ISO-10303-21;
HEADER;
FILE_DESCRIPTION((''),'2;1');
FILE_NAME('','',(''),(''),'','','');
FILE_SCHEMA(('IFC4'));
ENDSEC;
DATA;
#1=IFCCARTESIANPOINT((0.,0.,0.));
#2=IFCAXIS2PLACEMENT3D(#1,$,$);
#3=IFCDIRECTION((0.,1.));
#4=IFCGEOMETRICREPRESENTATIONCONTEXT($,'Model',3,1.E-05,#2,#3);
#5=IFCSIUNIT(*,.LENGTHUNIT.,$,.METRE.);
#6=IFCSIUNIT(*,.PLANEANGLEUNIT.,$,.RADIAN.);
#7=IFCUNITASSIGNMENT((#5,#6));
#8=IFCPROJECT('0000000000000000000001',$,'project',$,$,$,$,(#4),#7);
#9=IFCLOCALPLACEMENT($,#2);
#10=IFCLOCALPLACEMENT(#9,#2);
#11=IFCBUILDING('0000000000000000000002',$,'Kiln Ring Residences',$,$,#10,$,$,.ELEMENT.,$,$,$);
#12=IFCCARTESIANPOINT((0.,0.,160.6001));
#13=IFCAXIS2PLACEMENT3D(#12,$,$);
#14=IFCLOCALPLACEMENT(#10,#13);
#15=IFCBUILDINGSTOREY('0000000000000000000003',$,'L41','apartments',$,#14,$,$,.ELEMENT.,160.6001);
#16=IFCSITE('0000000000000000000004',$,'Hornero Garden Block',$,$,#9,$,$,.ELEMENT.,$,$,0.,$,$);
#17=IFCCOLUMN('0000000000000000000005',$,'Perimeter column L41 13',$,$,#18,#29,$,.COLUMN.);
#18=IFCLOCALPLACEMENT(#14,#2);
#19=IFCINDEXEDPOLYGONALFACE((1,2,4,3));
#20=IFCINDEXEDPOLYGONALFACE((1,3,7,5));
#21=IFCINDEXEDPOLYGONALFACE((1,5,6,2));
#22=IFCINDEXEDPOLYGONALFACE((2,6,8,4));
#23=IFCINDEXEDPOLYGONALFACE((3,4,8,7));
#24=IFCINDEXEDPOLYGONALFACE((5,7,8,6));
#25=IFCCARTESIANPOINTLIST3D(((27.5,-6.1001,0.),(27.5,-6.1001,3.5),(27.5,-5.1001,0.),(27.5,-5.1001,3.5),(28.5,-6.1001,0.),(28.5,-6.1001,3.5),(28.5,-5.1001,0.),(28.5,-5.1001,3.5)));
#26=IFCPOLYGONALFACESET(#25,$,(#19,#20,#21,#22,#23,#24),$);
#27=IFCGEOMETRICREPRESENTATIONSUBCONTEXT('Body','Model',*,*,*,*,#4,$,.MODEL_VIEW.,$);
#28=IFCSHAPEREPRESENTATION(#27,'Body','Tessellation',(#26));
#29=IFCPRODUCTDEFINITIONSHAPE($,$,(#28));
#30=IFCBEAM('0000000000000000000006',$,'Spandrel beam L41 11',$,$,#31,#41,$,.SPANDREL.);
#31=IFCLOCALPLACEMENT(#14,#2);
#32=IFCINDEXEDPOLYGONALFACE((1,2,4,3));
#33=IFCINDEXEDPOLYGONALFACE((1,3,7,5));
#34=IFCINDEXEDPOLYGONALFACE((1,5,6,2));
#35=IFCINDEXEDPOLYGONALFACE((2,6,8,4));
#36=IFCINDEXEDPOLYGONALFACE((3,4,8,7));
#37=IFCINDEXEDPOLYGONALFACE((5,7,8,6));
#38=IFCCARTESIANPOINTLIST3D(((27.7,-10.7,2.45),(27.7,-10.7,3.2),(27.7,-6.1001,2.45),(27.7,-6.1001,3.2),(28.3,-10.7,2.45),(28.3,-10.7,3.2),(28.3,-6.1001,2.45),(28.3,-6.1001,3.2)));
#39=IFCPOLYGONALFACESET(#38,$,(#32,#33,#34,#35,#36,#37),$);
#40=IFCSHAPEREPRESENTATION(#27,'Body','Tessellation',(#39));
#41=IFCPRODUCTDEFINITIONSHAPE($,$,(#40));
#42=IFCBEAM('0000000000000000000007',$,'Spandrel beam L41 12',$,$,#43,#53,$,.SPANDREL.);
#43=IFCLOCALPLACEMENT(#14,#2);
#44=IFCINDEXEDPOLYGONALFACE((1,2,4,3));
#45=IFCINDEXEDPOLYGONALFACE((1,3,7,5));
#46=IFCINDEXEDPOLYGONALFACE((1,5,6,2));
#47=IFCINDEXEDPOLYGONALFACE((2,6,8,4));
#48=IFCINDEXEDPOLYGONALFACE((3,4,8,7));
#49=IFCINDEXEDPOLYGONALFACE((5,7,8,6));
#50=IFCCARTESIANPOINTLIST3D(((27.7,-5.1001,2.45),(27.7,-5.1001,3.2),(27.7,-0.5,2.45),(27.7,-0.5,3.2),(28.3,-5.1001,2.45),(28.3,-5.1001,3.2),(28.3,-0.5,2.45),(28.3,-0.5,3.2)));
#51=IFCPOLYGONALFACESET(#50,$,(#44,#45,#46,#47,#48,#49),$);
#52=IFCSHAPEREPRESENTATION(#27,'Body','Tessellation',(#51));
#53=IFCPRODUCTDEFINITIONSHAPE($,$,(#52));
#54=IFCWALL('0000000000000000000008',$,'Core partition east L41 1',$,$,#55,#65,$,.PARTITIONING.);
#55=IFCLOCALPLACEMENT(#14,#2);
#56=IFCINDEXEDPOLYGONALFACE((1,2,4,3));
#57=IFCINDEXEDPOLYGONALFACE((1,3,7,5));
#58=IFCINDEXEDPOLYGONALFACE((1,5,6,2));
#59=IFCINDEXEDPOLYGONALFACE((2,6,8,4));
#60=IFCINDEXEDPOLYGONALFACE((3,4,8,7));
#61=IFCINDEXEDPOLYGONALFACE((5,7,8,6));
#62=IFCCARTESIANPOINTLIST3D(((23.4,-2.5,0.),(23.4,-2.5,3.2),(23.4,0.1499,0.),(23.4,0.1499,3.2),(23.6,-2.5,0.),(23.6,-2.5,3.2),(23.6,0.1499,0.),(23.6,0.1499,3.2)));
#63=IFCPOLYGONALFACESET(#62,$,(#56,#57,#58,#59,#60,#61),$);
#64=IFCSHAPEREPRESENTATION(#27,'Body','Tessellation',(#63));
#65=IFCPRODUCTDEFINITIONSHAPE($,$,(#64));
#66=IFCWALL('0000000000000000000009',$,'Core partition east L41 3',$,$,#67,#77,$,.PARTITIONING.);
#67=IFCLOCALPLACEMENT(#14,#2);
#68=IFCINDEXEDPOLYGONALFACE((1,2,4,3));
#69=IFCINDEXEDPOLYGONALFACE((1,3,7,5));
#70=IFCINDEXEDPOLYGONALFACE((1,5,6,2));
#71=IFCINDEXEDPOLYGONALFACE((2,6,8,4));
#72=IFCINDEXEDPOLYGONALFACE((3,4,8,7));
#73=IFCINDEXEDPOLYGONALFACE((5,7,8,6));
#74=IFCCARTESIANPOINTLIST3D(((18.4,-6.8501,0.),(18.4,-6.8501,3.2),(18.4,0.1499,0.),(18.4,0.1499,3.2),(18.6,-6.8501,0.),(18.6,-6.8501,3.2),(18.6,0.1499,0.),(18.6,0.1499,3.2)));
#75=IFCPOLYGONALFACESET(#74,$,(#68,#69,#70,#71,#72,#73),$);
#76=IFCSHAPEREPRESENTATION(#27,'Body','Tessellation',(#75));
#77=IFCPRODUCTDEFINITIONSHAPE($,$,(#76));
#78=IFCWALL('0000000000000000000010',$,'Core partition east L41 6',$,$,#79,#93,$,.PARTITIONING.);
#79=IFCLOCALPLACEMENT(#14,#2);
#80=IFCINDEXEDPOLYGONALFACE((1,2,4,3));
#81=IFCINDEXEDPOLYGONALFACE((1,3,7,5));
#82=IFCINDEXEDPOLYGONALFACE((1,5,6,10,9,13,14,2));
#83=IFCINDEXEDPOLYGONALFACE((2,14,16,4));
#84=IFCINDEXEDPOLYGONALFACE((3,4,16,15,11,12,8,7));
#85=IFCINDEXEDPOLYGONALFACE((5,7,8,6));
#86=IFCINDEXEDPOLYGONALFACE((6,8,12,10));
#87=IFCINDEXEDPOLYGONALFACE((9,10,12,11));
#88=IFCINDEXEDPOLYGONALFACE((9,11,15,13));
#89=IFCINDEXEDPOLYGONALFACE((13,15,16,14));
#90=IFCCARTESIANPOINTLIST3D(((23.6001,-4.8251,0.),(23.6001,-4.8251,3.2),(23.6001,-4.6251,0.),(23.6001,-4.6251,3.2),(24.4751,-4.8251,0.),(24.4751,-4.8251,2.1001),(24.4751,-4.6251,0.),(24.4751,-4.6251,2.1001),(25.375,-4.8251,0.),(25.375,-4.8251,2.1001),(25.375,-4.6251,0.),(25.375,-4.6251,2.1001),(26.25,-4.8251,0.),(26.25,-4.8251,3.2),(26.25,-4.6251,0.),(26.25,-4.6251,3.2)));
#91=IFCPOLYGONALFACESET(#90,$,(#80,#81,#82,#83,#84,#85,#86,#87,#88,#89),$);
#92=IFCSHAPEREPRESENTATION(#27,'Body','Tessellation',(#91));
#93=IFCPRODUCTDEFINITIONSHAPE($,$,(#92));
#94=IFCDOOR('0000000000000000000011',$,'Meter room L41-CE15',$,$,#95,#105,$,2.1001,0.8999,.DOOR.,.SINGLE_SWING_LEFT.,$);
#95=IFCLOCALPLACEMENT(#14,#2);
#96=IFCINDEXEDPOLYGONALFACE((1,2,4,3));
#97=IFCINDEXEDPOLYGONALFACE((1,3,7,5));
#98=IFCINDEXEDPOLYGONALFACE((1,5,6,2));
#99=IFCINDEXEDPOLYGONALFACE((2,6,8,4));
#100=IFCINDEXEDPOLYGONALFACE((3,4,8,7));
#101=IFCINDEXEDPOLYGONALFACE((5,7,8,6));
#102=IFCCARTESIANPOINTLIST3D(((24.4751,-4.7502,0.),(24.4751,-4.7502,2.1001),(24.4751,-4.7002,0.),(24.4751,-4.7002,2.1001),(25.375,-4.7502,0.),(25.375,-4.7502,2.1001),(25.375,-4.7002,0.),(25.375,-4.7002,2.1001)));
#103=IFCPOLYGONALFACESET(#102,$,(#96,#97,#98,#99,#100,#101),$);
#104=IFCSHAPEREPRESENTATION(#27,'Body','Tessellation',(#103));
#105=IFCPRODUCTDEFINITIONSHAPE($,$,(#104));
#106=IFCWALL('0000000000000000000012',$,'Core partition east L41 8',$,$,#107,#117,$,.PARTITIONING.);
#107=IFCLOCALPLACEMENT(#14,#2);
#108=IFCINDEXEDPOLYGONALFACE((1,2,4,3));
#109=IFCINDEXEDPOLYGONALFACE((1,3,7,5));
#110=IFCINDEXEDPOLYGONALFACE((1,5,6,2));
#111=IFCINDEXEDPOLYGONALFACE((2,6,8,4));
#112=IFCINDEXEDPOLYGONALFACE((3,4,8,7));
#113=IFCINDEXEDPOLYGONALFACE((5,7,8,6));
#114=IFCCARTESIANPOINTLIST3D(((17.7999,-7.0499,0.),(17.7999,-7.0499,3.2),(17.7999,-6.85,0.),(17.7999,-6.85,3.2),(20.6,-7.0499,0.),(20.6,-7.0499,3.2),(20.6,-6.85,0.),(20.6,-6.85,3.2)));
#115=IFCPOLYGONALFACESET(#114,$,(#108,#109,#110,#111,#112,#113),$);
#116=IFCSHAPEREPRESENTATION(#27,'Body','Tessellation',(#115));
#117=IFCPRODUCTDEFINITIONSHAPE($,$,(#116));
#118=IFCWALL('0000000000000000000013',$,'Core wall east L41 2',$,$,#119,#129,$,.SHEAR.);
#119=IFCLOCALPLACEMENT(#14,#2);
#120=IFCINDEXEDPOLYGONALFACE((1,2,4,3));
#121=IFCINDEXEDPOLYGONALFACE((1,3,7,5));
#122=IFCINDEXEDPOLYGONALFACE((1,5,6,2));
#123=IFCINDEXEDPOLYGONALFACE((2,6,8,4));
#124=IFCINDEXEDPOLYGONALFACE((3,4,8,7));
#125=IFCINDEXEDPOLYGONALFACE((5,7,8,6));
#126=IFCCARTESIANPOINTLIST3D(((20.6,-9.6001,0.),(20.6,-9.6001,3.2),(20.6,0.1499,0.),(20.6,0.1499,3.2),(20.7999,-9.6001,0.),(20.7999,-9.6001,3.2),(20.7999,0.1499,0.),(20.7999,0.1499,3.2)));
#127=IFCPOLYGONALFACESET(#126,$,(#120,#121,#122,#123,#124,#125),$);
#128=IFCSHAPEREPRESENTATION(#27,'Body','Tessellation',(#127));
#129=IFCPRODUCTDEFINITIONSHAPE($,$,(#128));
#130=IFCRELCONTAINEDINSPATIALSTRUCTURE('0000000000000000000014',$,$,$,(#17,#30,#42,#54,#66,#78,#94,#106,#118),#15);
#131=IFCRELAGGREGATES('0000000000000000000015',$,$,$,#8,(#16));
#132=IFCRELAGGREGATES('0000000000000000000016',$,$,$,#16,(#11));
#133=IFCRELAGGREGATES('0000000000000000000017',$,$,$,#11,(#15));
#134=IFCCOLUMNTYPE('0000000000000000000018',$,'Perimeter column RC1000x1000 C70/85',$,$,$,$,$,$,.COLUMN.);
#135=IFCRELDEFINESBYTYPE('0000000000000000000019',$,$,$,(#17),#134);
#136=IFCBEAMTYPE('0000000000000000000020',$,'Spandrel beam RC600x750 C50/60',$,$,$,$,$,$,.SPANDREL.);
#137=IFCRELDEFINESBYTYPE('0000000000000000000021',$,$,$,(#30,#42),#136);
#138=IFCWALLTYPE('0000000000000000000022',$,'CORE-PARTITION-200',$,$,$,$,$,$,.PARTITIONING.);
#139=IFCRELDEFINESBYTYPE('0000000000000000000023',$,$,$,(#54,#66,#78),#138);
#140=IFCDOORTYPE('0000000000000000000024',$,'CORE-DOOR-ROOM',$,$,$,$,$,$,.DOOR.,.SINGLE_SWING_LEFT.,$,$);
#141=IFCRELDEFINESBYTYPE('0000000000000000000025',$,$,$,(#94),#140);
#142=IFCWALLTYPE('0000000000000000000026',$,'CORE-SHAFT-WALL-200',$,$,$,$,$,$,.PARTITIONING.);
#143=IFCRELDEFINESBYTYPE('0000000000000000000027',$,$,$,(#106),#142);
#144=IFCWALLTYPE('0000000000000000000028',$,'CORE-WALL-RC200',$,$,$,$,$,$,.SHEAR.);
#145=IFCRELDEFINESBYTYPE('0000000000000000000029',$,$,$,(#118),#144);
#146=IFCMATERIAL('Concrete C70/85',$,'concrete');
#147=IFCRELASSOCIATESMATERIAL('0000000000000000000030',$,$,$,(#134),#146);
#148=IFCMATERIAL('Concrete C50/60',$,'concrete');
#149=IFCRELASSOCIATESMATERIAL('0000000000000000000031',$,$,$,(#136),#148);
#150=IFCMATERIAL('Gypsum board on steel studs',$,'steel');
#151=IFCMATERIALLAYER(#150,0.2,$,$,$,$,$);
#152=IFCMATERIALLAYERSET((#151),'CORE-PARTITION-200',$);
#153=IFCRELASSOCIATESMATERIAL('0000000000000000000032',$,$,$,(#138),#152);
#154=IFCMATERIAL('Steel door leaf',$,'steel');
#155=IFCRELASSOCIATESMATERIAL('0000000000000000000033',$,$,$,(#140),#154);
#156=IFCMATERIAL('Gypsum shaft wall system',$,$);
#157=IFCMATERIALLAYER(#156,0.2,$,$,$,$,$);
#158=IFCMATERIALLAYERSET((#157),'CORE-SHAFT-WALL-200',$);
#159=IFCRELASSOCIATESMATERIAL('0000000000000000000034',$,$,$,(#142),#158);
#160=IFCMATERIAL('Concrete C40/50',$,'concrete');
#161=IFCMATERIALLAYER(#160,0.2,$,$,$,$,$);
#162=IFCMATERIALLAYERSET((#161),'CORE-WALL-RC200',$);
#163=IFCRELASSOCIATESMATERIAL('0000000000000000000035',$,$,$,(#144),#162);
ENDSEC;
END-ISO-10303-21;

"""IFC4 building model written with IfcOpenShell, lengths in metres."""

from ifc_helpers import new_model, si_unit, direction, frame, frame_2d, origin, origin_2d, place, context, subcontext, project, spatial, rectangle, extrude, material, layer, layer_set, material_profile, profile_set, type_object, element, fill, save


model = new_model("IFC4")

# Units and contexts
model_context = context("Model", 3, precision=1e-05, world=origin(), true_north=direction((0.0, 1.0)))
body_context = subcontext(model_context, "Body", "Model", "MODEL_VIEW")
ifc_project = project(units=[si_unit("LENGTHUNIT", "METRE"), si_unit("PLANEANGLEUNIT", "RADIAN")], contexts=[model_context])

# Site, building, storey
site_placement = place(None, origin())
site = spatial("IfcSite", under=ifc_project, at=site_placement, Name="Hornero Garden Block", CompositionType="ELEMENT", RefElevation=0.0)
building_placement = place(site_placement, origin())
building = spatial("IfcBuilding", under=site, at=building_placement, Name="Kiln Ring Residences", CompositionType="ELEMENT")
storey_placement = place(building_placement, frame((0.0, 0.0, 160.6001)))
storey = spatial("IfcBuildingStorey", under=building, at=storey_placement, Name="L41", Description="apartments", CompositionType="ELEMENT", Elevation=160.6001)

# Column
ifc_material_1 = material(Name="Concrete C70/85", Category="concrete")
ifc_material_profile_1 = material_profile(ifc_material_1, rectangle(XDim=1.0, YDim=1.0, at=origin_2d()), Name="RC1000x1000")
ifc_profile_set_1 = profile_set([ifc_material_profile_1], Name="Concrete C70/85")
column_type = type_object("IfcColumnType", Name="Perimeter column RC1000x1000 C70/85", PredefinedType="COLUMN", material=ifc_profile_set_1)
column_placement = place(storey_placement, frame((28.0, -5.6001, 0.0), z_axis=(0.0, 0.0, 1.0), x_axis=(1.0, 0.0, 0.0)))
element("IfcColumn", 1, at=column_placement, inside=storey, type_object=column_type, Name="Perimeter column L41 13", PredefinedType="COLUMN", context=body_context, shape_type="SweptSolid", body=[
    extrude(rectangle(XDim=1.0, YDim=1.0, at=origin_2d()), origin(), (0.0, 0.0, 1.0), 3.5),
])

# Beams
ifc_material_2 = material(Name="Concrete C50/60", Category="concrete")
ifc_material_profile_2 = material_profile(ifc_material_2, rectangle(XDim=0.6001, YDim=0.75, at=origin_2d()), Name="RC600x750")
ifc_profile_set_2 = profile_set([ifc_material_profile_2], Name="Concrete C50/60")
beam_type = type_object("IfcBeamType", Name="Spandrel beam RC600x750 C50/60", PredefinedType="SPANDREL", material=ifc_profile_set_2)
beam_1_placement = place(storey_placement, frame((28.0, -10.7, 2.825), z_axis=(0.0, 1.0, 0.0), x_axis=(-1.0, 0.0, 0.0)))
element("IfcBeam", 2, at=beam_1_placement, inside=storey, type_object=beam_type, Name="Spandrel beam L41 11", PredefinedType="SPANDREL", context=body_context, shape_type="SweptSolid", body=[
    extrude(rectangle(XDim=0.6001, YDim=0.75, at=origin_2d()), origin(), (0.0, 0.0, 1.0), 4.5999),
])
beam_2_placement = place(storey_placement, frame((28.0, -5.1001, 2.825), z_axis=(0.0, 1.0, 0.0), x_axis=(-1.0, 0.0, 0.0)))
element("IfcBeam", 3, at=beam_2_placement, inside=storey, type_object=beam_type, Name="Spandrel beam L41 12", PredefinedType="SPANDREL", context=body_context, shape_type="SweptSolid", body=[
    extrude(rectangle(XDim=0.6001, YDim=0.75, at=origin_2d()), origin(), (0.0, 0.0, 1.0), 4.6001),
])

# Walls
ifc_material_3 = material(Name="Gypsum board on steel studs", Category="steel")
ifc_layer_1 = layer(ifc_material_3, 0.2)
ifc_layer_set_1 = layer_set([ifc_layer_1], Name="CORE-PARTITION-200")
wall_type_1 = type_object("IfcWallType", Name="CORE-PARTITION-200", PredefinedType="PARTITIONING", material=ifc_layer_set_1)
wall_1_placement = place(storey_placement, frame((23.5, -2.5, 0.0), z_axis=(0.0, 0.0, 1.0), x_axis=(0.0, 1.0, 0.0)))
element("IfcWall", 4, at=wall_1_placement, inside=storey, type_object=wall_type_1, Name="Core partition east L41 1", PredefinedType="PARTITIONING", context=body_context, shape_type="SweptSolid", body=[
    extrude(rectangle(XDim=2.6499, YDim=0.2, at=frame_2d((1.325, 0.0))), origin(), (0.0, 0.0, 1.0), 3.2),
])
wall_2_placement = place(storey_placement, frame((18.5, -6.8501, 0.0), z_axis=(0.0, 0.0, 1.0), x_axis=(0.0, 1.0, 0.0)))
element("IfcWall", 5, at=wall_2_placement, inside=storey, type_object=wall_type_1, Name="Core partition east L41 3", PredefinedType="PARTITIONING", context=body_context, shape_type="SweptSolid", body=[
    extrude(rectangle(XDim=7.0, YDim=0.2, at=frame_2d((3.5, 0.0))), origin(), (0.0, 0.0, 1.0), 3.2),
])

# Wall, opening, door
wall_3_placement = place(storey_placement, frame((23.6001, -4.7251, 0.0), z_axis=(0.0, 0.0, 1.0), x_axis=(1.0, 0.0, 0.0)))
wall_3 = element("IfcWall", 6, at=wall_3_placement, inside=storey, type_object=wall_type_1, Name="Core partition east L41 6", PredefinedType="PARTITIONING", context=body_context, shape_type="SweptSolid", body=[
    extrude(rectangle(XDim=2.6499, YDim=0.2, at=frame_2d((1.325, 0.0))), origin(), (0.0, 0.0, 1.0), 3.2),
])
opening_1_placement = place(wall_3_placement, frame((0.875, 0.0, 0.0)))
opening_1 = element("IfcOpeningElement", 7, at=opening_1_placement, cuts=wall_3, PredefinedType="OPENING", context=body_context, shape_type="SweptSolid", body=[
    extrude(rectangle(XDim=0.8999, YDim=2.1001, at=frame_2d((0.45, 1.05))), frame((0.0, 0.1099, 0.0), z_axis=(0.0, -1.0, 0.0), x_axis=(1.0, 0.0, 0.0)), (0.0, 0.0, 1.0), 0.22),
])
ifc_material_4 = material(Name="Steel door leaf", Category="steel")
door_type_1 = type_object("IfcDoorType", Name="CORE-DOOR-ROOM", OperationType="SINGLE_SWING_LEFT", PredefinedType="DOOR", material=ifc_material_4)
door_1_placement = place(opening_1_placement, origin())
door_1 = element("IfcDoor", 8, at=door_1_placement, inside=storey, type_object=door_type_1, Name="Meter room L41-CE15", OperationType="SINGLE_SWING_LEFT", OverallHeight=2.1001, OverallWidth=0.8999, PredefinedType="DOOR", context=body_context, shape_type="SweptSolid", body=[
    extrude(rectangle(XDim=0.8999, YDim=2.1001, at=frame_2d((0.45, 1.05))), frame((0.0, 0.0249, 0.0), z_axis=(0.0, -1.0, 0.0), x_axis=(1.0, 0.0, 0.0)), (0.0, 0.0, 1.0), 0.05),
])
fill(opening_1, door_1)

# Walls
ifc_material_5 = material(Name="Gypsum shaft wall system")
ifc_layer_2 = layer(ifc_material_5, 0.2)
ifc_layer_set_2 = layer_set([ifc_layer_2], Name="CORE-SHAFT-WALL-200")
wall_type_2 = type_object("IfcWallType", Name="CORE-SHAFT-WALL-200", PredefinedType="PARTITIONING", material=ifc_layer_set_2)
wall_4_placement = place(storey_placement, frame((17.8, -6.95, 0.0), z_axis=(0.0, 0.0, 1.0), x_axis=(1.0, 0.0, 0.0)))
element("IfcWall", 9, at=wall_4_placement, inside=storey, type_object=wall_type_2, Name="Core partition east L41 8", PredefinedType="PARTITIONING", context=body_context, shape_type="SweptSolid", body=[
    extrude(rectangle(XDim=2.8, YDim=0.2, at=frame_2d((1.3999, 0.0))), origin(), (0.0, 0.0, 1.0), 3.2),
])
ifc_material_6 = material(Name="Concrete C40/50", Category="concrete")
ifc_layer_3 = layer(ifc_material_6, 0.2)
ifc_layer_set_3 = layer_set([ifc_layer_3], Name="CORE-WALL-RC200")
wall_type_3 = type_object("IfcWallType", Name="CORE-WALL-RC200", PredefinedType="SHEAR", material=ifc_layer_set_3)
wall_5_placement = place(storey_placement, frame((20.7, -9.6001, 0.0), z_axis=(0.0, 0.0, 1.0), x_axis=(0.0, 1.0, 0.0)))
element("IfcWall", 10, at=wall_5_placement, inside=storey, type_object=wall_type_3, Name="Core wall east L41 2", PredefinedType="SHEAR", context=body_context, shape_type="SweptSolid", body=[
    extrude(rectangle(XDim=9.75, YDim=0.2, at=frame_2d((4.875, 0.0))), origin(), (0.0, 0.0, 1.0), 3.2),
])

save(model, "model.ifc")
